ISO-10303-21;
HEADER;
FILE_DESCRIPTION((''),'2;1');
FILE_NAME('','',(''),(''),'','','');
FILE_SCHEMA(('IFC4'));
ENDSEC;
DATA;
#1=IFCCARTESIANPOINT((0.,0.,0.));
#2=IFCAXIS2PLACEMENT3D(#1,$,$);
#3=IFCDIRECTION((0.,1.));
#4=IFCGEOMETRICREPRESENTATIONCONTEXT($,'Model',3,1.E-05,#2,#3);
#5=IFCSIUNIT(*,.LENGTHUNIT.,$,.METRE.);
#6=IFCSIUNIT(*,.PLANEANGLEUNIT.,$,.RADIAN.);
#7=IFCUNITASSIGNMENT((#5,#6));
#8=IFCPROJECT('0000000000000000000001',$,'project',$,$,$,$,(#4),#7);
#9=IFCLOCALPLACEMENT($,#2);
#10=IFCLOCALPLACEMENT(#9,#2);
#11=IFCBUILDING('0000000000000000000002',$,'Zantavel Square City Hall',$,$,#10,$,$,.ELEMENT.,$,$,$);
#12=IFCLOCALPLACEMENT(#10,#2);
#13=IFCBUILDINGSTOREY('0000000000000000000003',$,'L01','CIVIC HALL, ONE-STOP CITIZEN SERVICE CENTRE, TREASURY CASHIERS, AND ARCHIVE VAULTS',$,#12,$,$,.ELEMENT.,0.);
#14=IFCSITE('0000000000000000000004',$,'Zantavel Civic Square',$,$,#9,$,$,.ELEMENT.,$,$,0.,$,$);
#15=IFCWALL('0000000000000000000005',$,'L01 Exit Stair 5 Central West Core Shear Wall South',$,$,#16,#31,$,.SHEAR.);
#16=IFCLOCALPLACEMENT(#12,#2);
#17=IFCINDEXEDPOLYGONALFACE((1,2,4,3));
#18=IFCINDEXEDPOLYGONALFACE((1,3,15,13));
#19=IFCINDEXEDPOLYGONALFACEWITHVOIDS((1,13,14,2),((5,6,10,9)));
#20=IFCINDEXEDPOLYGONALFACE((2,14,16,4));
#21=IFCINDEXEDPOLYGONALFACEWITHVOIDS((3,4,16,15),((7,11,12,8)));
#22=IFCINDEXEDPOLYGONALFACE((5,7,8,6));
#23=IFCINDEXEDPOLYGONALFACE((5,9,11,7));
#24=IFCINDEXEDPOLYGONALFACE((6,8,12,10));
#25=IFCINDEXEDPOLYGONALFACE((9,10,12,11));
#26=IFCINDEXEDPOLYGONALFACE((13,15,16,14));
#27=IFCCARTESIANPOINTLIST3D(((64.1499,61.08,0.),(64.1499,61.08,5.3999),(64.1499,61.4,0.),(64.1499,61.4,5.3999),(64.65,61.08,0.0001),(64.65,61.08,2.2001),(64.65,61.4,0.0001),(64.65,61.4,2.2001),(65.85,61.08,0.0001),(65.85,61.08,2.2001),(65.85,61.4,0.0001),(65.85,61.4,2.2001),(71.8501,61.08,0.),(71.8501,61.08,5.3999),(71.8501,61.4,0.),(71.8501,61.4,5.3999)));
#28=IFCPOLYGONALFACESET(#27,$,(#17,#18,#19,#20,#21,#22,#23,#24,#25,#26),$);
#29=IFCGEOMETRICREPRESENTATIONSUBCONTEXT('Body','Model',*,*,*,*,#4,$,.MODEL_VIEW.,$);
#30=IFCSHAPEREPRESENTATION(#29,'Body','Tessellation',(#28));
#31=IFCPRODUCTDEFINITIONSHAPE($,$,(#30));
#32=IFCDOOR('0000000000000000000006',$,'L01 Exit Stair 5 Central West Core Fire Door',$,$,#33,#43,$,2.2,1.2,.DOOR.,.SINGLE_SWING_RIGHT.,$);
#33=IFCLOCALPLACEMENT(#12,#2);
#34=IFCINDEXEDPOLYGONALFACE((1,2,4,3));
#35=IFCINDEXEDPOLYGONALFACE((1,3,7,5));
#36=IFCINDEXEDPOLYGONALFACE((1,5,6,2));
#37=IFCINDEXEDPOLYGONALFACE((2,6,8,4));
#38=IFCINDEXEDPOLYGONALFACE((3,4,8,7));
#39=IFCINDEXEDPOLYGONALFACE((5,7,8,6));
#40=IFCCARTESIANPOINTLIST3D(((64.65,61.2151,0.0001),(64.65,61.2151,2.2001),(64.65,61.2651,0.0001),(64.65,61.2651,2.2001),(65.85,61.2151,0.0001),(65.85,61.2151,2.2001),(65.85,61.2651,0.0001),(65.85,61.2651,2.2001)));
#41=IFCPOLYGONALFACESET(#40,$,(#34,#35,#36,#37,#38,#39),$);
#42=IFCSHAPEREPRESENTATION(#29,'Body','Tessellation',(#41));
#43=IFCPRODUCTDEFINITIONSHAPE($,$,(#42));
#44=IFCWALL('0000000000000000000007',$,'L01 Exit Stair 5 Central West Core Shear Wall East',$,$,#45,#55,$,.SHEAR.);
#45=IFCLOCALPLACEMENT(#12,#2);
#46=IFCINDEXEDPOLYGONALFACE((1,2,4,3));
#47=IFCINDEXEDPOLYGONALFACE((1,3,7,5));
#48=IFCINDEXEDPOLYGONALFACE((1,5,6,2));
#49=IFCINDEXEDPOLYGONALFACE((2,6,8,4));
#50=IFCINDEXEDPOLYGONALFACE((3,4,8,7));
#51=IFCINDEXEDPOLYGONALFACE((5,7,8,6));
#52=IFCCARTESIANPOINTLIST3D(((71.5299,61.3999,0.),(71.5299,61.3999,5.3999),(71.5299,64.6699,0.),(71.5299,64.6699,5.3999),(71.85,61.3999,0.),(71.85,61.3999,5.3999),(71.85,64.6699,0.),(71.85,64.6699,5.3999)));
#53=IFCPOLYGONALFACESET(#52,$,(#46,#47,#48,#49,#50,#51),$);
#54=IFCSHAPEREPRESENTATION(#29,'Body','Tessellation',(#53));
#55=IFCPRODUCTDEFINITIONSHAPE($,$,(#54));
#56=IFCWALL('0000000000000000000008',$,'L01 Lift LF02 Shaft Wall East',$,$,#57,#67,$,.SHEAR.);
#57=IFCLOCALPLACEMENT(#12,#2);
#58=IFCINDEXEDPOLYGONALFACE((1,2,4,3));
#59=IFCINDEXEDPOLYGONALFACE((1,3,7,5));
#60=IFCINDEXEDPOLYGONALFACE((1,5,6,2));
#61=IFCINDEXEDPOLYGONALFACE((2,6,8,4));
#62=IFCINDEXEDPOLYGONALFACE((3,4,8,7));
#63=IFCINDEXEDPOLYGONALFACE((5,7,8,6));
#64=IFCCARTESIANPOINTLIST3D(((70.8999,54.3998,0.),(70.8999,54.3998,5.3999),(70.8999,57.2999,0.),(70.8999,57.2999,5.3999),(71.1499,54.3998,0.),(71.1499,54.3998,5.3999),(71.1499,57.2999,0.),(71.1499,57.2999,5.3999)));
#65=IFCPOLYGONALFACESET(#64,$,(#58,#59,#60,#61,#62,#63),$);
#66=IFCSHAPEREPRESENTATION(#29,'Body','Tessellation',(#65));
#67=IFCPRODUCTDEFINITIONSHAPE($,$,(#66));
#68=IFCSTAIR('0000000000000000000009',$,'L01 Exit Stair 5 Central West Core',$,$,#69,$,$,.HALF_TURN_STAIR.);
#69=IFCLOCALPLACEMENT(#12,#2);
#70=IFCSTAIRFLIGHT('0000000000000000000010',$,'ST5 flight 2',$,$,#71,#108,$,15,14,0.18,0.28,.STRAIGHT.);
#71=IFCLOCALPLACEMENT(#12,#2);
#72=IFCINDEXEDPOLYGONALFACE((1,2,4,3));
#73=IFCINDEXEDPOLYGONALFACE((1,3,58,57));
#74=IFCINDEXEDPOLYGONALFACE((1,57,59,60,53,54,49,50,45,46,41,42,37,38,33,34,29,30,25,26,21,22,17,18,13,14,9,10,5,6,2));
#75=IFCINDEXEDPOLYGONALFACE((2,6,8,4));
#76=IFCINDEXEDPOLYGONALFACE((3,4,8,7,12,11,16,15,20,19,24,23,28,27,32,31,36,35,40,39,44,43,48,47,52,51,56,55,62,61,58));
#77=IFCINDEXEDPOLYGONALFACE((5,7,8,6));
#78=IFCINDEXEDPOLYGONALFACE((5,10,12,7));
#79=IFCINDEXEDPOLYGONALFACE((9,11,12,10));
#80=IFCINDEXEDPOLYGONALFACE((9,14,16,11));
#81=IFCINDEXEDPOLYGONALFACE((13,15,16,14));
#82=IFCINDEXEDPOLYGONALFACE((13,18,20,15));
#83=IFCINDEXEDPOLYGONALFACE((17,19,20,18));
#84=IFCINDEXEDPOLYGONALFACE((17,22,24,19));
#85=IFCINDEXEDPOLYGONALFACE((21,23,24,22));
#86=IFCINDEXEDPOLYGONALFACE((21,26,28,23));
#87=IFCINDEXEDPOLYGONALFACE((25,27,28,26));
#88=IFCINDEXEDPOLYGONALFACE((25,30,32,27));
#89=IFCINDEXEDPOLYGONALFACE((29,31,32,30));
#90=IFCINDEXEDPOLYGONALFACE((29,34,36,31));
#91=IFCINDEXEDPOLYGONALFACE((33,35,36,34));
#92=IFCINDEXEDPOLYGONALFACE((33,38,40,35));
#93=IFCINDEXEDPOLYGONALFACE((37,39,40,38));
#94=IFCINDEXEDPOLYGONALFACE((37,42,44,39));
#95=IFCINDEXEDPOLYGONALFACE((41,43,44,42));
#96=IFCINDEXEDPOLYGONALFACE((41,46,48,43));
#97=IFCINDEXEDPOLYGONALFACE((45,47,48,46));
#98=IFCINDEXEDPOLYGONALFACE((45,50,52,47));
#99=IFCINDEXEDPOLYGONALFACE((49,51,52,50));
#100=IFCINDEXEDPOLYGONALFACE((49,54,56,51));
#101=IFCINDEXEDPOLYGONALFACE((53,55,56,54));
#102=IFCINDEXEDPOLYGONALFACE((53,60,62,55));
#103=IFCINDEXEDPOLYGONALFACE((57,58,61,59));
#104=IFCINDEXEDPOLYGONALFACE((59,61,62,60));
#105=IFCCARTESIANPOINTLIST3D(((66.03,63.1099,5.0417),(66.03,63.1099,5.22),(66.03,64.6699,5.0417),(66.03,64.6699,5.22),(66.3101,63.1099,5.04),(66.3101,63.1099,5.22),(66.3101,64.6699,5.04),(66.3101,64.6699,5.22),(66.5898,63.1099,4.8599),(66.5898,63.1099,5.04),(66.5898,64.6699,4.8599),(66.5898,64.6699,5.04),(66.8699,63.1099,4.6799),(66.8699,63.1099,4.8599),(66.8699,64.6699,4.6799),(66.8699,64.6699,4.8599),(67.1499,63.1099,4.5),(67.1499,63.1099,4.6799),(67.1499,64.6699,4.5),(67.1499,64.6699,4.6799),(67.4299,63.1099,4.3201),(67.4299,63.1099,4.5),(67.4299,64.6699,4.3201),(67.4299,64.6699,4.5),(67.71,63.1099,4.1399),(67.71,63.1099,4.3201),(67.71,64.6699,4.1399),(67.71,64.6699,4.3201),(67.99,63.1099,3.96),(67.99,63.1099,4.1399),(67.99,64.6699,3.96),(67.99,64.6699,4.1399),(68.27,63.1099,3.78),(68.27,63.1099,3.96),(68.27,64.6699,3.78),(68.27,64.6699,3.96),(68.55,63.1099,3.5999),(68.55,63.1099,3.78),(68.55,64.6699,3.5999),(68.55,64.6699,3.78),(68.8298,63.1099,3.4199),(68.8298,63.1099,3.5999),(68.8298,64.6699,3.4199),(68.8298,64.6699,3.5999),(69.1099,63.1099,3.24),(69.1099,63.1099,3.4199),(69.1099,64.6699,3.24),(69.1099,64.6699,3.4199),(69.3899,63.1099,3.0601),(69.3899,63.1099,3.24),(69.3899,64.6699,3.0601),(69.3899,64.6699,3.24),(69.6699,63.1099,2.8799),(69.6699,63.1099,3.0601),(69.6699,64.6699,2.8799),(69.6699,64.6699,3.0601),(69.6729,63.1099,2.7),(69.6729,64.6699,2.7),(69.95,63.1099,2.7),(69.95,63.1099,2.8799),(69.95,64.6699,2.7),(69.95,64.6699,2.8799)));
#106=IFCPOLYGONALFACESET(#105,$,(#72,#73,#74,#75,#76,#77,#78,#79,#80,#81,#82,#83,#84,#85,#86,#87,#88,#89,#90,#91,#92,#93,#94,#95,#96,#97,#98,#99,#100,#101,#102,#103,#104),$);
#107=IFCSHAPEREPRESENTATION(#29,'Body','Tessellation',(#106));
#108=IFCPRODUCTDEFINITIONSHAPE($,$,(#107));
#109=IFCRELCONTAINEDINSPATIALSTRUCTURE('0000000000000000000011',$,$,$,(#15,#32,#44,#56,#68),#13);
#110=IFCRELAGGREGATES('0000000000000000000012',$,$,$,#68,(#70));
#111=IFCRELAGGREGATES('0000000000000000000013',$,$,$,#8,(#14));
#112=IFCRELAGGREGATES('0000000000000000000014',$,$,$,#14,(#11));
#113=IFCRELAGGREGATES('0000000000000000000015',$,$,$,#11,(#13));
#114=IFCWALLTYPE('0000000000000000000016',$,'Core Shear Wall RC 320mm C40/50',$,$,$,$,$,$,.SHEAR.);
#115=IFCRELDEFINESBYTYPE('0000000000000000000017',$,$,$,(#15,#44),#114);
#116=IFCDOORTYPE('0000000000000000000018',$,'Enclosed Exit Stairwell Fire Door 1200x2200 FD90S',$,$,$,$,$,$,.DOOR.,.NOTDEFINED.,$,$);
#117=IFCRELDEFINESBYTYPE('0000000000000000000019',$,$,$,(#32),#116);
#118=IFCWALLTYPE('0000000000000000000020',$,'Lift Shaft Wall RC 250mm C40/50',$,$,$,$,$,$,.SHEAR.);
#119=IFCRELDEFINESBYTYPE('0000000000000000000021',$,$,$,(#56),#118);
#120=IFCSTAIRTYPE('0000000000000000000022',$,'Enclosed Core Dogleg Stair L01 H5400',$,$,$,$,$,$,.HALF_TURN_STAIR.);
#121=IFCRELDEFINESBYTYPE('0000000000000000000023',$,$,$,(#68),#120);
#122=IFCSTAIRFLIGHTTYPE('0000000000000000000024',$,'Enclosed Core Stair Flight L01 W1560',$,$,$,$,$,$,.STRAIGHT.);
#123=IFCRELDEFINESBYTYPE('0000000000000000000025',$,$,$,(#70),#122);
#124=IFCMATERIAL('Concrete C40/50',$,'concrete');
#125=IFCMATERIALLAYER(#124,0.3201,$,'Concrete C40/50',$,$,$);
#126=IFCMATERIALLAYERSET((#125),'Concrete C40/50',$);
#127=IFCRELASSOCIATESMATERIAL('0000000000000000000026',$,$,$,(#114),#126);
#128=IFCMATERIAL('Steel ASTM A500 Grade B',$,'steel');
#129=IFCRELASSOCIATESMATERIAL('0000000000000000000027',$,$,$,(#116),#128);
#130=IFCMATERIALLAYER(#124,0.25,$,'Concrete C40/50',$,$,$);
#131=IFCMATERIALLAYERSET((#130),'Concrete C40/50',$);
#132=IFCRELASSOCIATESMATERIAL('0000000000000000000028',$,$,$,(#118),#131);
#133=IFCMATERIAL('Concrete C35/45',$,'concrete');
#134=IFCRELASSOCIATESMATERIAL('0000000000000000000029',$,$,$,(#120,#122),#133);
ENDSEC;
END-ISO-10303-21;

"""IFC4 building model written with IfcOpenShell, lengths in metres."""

from ifc_helpers import new_model, si_unit, direction, frame, frame_2d, origin, place, context, subcontext, project, spatial, polyline, rectangle, outline, extrude, material, layer, layer_set, type_object, element, fill, aggregate, save


model = new_model("IFC4")

# Units and contexts
model_context = context("Model", 3, precision=1e-05, world=origin(), true_north=direction((0.0, 1.0)))
body_context = subcontext(model_context, "Body", "Model", "MODEL_VIEW")
ifc_project = project(units=[si_unit("LENGTHUNIT", "METRE"), si_unit("PLANEANGLEUNIT", "RADIAN")], contexts=[model_context])

# Site, building, storey
site_placement = place(None, origin())
site = spatial("IfcSite", under=ifc_project, at=site_placement, Name="Zantavel Civic Square", CompositionType="ELEMENT", RefElevation=0.0)
building_placement = place(site_placement, origin())
building = spatial("IfcBuilding", under=site, at=building_placement, Name="Zantavel Square City Hall", CompositionType="ELEMENT")
storey_placement = place(building_placement, origin())
storey = spatial("IfcBuildingStorey", under=building, at=storey_placement, Name="L01", Description="CIVIC HALL, ONE-STOP CITIZEN SERVICE CENTRE, TREASURY CASHIERS, AND ARCHIVE VAULTS", CompositionType="ELEMENT", Elevation=0.0)

# Shared definitions
ifc_material_1 = material(Name="Concrete C40/50", Category="concrete")

# Shared definitions
ifc_material_2 = material(Name="Concrete C35/45", Category="concrete")

# Wall, opening, door
ifc_layer_1 = layer(ifc_material_1, 0.3201, Name="Concrete C40/50")
ifc_layer_set_1 = layer_set([ifc_layer_1], Name="Concrete C40/50")
wall_type_1 = type_object("IfcWallType", Name="Core Shear Wall RC 320mm C40/50", PredefinedType="SHEAR", material=ifc_layer_set_1)
wall_1_placement = place(storey_placement, frame((71.8501, 61.24, 0.0), z_axis=(0.0, 0.0, 1.0), x_axis=(-1.0, 0.0, 0.0)))
wall_1 = element("IfcWall", 1, at=wall_1_placement, inside=storey, type_object=wall_type_1, Name="L01 Exit Stair 5 Central West Core Shear Wall South", PredefinedType="SHEAR", context=body_context, shape_type="SweptSolid", body=[
    extrude(rectangle(XDim=7.7002, YDim=0.3201, at=frame_2d((3.8501, 0.0))), origin(), (0.0, 0.0, 1.0), 5.3999),
])
opening_1_placement = place(wall_1_placement, frame((6.0, 0.0, 0.0)))
opening_1 = element("IfcOpeningElement", 2, at=opening_1_placement, cuts=wall_1, PredefinedType="OPENING", context=body_context, shape_type="SweptSolid", body=[
    extrude(rectangle(XDim=1.2, YDim=2.2, at=frame_2d((0.6001, 1.1001))), frame((0.0, 0.1699, 0.0), z_axis=(0.0, -1.0, 0.0), x_axis=(1.0, 0.0, 0.0)), (0.0, 0.0, 1.0), 0.3401),
])
ifc_material_3 = material(Name="Steel ASTM A500 Grade B", Category="steel")
door_type_1 = type_object("IfcDoorType", Name="Enclosed Exit Stairwell Fire Door 1200x2200 FD90S", OperationType="NOTDEFINED", PredefinedType="DOOR", material=ifc_material_3)
door_1_placement = place(opening_1_placement, origin())
door_1 = element("IfcDoor", 3, at=door_1_placement, inside=storey, type_object=door_type_1, Name="L01 Exit Stair 5 Central West Core Fire Door", OperationType="SINGLE_SWING_RIGHT", OverallHeight=2.2, OverallWidth=1.2, PredefinedType="DOOR", context=body_context, shape_type="SweptSolid", body=[
    extrude(rectangle(XDim=1.2, YDim=2.2, at=frame_2d((0.6001, 1.1001))), frame((0.0, 0.0249, 0.0), z_axis=(0.0, -1.0, 0.0), x_axis=(1.0, 0.0, 0.0)), (0.0, 0.0, 1.0), 0.05),
])
fill(opening_1, door_1)

# Wall
wall_2_placement = place(storey_placement, frame((71.6899, 64.6699, 0.0), z_axis=(0.0, 0.0, 1.0), x_axis=(0.0, -1.0, 0.0)))
element("IfcWall", 4, at=wall_2_placement, inside=storey, type_object=wall_type_1, Name="L01 Exit Stair 5 Central West Core Shear Wall East", PredefinedType="SHEAR", context=body_context, shape_type="SweptSolid", body=[
    extrude(rectangle(XDim=3.27, YDim=0.3201, at=frame_2d((1.635, 0.0))), origin(), (0.0, 0.0, 1.0), 5.3999),
])

# Shared definitions
ifc_layer_2 = layer(ifc_material_1, 0.25, Name="Concrete C40/50")
ifc_layer_set_2 = layer_set([ifc_layer_2], Name="Concrete C40/50")
wall_type_2 = type_object("IfcWallType", Name="Lift Shaft Wall RC 250mm C40/50", PredefinedType="SHEAR", material=ifc_layer_set_2)

# Wall
wall_3_placement = place(storey_placement, frame((71.0249, 57.3, 0.0), z_axis=(0.0, 0.0, 1.0), x_axis=(0.0, -1.0, 0.0)))
element("IfcWall", 5, at=wall_3_placement, inside=storey, type_object=wall_type_2, Name="L01 Lift LF02 Shaft Wall East", PredefinedType="SHEAR", context=body_context, shape_type="SweptSolid", body=[
    extrude(rectangle(XDim=2.9001, YDim=0.25, at=frame_2d((1.4502, 0.0))), origin(), (0.0, 0.0, 1.0), 5.3999),
])

# Stair, stair flight
stair_type = type_object("IfcStairType", Name="Enclosed Core Dogleg Stair L01 H5400", PredefinedType="HALF_TURN_STAIR", material=ifc_material_2)
stair_placement = place(storey_placement, origin())
stair = element("IfcStair", 6, at=stair_placement, inside=storey, type_object=stair_type, Name="L01 Exit Stair 5 Central West Core", PredefinedType="HALF_TURN_STAIR")
stair_flight_type = type_object("IfcStairFlightType", Name="Enclosed Core Stair Flight L01 W1560", PredefinedType="STRAIGHT", material=ifc_material_2)
stair_flight_placement = place(storey_placement, frame((69.95, 63.8899, 2.7), z_axis=(0.0, 0.0, 1.0), x_axis=(-1.0, 0.0, 0.0)))
stair_flight = element("IfcStairFlight", 7, at=stair_flight_placement, type_object=stair_flight_type, Name="ST5 flight 2", NumberOfRisers=15, NumberOfTreads=14, PredefinedType="STRAIGHT", RiserHeight=0.18, TreadLength=0.28, context=body_context, shape_type="SweptSolid", body=[
    extrude(outline(polyline([(0.0, 0.0), (0.0, 0.1799), (0.28, 0.1799), (0.28, 0.3601), (0.5601, 0.3601), (0.5601, 0.54), (0.8401, 0.54), (0.8401, 0.72), (1.1201, 0.72), (1.1201, 0.8999), (1.3999, 0.8999), (1.3999, 1.0801), (1.6799, 1.0801), (1.6799, 1.26), (1.96, 1.26), (1.96, 1.4399), (2.24, 1.4399), (2.24, 1.6201), (2.52, 1.6201), (2.52, 1.8), (2.8, 1.8), (2.8, 1.98), (3.0801, 1.98), (3.0801, 2.1599), (3.3601, 2.1599), (3.3601, 2.3401), (3.6399, 2.3401), (3.6399, 2.52), (3.9199, 2.52), (3.9199, 2.7), (3.9199, 2.3418), (0.2771, 0.0), (0.0, 0.0)])), frame((0.0, 0.78, 0.0), z_axis=(0.0, -1.0, 0.0), x_axis=(1.0, 0.0, 0.0)), (0.0, 0.0, 1.0), 1.5601),
])
aggregate(stair, [stair_flight])

save(model, "model.ifc")
